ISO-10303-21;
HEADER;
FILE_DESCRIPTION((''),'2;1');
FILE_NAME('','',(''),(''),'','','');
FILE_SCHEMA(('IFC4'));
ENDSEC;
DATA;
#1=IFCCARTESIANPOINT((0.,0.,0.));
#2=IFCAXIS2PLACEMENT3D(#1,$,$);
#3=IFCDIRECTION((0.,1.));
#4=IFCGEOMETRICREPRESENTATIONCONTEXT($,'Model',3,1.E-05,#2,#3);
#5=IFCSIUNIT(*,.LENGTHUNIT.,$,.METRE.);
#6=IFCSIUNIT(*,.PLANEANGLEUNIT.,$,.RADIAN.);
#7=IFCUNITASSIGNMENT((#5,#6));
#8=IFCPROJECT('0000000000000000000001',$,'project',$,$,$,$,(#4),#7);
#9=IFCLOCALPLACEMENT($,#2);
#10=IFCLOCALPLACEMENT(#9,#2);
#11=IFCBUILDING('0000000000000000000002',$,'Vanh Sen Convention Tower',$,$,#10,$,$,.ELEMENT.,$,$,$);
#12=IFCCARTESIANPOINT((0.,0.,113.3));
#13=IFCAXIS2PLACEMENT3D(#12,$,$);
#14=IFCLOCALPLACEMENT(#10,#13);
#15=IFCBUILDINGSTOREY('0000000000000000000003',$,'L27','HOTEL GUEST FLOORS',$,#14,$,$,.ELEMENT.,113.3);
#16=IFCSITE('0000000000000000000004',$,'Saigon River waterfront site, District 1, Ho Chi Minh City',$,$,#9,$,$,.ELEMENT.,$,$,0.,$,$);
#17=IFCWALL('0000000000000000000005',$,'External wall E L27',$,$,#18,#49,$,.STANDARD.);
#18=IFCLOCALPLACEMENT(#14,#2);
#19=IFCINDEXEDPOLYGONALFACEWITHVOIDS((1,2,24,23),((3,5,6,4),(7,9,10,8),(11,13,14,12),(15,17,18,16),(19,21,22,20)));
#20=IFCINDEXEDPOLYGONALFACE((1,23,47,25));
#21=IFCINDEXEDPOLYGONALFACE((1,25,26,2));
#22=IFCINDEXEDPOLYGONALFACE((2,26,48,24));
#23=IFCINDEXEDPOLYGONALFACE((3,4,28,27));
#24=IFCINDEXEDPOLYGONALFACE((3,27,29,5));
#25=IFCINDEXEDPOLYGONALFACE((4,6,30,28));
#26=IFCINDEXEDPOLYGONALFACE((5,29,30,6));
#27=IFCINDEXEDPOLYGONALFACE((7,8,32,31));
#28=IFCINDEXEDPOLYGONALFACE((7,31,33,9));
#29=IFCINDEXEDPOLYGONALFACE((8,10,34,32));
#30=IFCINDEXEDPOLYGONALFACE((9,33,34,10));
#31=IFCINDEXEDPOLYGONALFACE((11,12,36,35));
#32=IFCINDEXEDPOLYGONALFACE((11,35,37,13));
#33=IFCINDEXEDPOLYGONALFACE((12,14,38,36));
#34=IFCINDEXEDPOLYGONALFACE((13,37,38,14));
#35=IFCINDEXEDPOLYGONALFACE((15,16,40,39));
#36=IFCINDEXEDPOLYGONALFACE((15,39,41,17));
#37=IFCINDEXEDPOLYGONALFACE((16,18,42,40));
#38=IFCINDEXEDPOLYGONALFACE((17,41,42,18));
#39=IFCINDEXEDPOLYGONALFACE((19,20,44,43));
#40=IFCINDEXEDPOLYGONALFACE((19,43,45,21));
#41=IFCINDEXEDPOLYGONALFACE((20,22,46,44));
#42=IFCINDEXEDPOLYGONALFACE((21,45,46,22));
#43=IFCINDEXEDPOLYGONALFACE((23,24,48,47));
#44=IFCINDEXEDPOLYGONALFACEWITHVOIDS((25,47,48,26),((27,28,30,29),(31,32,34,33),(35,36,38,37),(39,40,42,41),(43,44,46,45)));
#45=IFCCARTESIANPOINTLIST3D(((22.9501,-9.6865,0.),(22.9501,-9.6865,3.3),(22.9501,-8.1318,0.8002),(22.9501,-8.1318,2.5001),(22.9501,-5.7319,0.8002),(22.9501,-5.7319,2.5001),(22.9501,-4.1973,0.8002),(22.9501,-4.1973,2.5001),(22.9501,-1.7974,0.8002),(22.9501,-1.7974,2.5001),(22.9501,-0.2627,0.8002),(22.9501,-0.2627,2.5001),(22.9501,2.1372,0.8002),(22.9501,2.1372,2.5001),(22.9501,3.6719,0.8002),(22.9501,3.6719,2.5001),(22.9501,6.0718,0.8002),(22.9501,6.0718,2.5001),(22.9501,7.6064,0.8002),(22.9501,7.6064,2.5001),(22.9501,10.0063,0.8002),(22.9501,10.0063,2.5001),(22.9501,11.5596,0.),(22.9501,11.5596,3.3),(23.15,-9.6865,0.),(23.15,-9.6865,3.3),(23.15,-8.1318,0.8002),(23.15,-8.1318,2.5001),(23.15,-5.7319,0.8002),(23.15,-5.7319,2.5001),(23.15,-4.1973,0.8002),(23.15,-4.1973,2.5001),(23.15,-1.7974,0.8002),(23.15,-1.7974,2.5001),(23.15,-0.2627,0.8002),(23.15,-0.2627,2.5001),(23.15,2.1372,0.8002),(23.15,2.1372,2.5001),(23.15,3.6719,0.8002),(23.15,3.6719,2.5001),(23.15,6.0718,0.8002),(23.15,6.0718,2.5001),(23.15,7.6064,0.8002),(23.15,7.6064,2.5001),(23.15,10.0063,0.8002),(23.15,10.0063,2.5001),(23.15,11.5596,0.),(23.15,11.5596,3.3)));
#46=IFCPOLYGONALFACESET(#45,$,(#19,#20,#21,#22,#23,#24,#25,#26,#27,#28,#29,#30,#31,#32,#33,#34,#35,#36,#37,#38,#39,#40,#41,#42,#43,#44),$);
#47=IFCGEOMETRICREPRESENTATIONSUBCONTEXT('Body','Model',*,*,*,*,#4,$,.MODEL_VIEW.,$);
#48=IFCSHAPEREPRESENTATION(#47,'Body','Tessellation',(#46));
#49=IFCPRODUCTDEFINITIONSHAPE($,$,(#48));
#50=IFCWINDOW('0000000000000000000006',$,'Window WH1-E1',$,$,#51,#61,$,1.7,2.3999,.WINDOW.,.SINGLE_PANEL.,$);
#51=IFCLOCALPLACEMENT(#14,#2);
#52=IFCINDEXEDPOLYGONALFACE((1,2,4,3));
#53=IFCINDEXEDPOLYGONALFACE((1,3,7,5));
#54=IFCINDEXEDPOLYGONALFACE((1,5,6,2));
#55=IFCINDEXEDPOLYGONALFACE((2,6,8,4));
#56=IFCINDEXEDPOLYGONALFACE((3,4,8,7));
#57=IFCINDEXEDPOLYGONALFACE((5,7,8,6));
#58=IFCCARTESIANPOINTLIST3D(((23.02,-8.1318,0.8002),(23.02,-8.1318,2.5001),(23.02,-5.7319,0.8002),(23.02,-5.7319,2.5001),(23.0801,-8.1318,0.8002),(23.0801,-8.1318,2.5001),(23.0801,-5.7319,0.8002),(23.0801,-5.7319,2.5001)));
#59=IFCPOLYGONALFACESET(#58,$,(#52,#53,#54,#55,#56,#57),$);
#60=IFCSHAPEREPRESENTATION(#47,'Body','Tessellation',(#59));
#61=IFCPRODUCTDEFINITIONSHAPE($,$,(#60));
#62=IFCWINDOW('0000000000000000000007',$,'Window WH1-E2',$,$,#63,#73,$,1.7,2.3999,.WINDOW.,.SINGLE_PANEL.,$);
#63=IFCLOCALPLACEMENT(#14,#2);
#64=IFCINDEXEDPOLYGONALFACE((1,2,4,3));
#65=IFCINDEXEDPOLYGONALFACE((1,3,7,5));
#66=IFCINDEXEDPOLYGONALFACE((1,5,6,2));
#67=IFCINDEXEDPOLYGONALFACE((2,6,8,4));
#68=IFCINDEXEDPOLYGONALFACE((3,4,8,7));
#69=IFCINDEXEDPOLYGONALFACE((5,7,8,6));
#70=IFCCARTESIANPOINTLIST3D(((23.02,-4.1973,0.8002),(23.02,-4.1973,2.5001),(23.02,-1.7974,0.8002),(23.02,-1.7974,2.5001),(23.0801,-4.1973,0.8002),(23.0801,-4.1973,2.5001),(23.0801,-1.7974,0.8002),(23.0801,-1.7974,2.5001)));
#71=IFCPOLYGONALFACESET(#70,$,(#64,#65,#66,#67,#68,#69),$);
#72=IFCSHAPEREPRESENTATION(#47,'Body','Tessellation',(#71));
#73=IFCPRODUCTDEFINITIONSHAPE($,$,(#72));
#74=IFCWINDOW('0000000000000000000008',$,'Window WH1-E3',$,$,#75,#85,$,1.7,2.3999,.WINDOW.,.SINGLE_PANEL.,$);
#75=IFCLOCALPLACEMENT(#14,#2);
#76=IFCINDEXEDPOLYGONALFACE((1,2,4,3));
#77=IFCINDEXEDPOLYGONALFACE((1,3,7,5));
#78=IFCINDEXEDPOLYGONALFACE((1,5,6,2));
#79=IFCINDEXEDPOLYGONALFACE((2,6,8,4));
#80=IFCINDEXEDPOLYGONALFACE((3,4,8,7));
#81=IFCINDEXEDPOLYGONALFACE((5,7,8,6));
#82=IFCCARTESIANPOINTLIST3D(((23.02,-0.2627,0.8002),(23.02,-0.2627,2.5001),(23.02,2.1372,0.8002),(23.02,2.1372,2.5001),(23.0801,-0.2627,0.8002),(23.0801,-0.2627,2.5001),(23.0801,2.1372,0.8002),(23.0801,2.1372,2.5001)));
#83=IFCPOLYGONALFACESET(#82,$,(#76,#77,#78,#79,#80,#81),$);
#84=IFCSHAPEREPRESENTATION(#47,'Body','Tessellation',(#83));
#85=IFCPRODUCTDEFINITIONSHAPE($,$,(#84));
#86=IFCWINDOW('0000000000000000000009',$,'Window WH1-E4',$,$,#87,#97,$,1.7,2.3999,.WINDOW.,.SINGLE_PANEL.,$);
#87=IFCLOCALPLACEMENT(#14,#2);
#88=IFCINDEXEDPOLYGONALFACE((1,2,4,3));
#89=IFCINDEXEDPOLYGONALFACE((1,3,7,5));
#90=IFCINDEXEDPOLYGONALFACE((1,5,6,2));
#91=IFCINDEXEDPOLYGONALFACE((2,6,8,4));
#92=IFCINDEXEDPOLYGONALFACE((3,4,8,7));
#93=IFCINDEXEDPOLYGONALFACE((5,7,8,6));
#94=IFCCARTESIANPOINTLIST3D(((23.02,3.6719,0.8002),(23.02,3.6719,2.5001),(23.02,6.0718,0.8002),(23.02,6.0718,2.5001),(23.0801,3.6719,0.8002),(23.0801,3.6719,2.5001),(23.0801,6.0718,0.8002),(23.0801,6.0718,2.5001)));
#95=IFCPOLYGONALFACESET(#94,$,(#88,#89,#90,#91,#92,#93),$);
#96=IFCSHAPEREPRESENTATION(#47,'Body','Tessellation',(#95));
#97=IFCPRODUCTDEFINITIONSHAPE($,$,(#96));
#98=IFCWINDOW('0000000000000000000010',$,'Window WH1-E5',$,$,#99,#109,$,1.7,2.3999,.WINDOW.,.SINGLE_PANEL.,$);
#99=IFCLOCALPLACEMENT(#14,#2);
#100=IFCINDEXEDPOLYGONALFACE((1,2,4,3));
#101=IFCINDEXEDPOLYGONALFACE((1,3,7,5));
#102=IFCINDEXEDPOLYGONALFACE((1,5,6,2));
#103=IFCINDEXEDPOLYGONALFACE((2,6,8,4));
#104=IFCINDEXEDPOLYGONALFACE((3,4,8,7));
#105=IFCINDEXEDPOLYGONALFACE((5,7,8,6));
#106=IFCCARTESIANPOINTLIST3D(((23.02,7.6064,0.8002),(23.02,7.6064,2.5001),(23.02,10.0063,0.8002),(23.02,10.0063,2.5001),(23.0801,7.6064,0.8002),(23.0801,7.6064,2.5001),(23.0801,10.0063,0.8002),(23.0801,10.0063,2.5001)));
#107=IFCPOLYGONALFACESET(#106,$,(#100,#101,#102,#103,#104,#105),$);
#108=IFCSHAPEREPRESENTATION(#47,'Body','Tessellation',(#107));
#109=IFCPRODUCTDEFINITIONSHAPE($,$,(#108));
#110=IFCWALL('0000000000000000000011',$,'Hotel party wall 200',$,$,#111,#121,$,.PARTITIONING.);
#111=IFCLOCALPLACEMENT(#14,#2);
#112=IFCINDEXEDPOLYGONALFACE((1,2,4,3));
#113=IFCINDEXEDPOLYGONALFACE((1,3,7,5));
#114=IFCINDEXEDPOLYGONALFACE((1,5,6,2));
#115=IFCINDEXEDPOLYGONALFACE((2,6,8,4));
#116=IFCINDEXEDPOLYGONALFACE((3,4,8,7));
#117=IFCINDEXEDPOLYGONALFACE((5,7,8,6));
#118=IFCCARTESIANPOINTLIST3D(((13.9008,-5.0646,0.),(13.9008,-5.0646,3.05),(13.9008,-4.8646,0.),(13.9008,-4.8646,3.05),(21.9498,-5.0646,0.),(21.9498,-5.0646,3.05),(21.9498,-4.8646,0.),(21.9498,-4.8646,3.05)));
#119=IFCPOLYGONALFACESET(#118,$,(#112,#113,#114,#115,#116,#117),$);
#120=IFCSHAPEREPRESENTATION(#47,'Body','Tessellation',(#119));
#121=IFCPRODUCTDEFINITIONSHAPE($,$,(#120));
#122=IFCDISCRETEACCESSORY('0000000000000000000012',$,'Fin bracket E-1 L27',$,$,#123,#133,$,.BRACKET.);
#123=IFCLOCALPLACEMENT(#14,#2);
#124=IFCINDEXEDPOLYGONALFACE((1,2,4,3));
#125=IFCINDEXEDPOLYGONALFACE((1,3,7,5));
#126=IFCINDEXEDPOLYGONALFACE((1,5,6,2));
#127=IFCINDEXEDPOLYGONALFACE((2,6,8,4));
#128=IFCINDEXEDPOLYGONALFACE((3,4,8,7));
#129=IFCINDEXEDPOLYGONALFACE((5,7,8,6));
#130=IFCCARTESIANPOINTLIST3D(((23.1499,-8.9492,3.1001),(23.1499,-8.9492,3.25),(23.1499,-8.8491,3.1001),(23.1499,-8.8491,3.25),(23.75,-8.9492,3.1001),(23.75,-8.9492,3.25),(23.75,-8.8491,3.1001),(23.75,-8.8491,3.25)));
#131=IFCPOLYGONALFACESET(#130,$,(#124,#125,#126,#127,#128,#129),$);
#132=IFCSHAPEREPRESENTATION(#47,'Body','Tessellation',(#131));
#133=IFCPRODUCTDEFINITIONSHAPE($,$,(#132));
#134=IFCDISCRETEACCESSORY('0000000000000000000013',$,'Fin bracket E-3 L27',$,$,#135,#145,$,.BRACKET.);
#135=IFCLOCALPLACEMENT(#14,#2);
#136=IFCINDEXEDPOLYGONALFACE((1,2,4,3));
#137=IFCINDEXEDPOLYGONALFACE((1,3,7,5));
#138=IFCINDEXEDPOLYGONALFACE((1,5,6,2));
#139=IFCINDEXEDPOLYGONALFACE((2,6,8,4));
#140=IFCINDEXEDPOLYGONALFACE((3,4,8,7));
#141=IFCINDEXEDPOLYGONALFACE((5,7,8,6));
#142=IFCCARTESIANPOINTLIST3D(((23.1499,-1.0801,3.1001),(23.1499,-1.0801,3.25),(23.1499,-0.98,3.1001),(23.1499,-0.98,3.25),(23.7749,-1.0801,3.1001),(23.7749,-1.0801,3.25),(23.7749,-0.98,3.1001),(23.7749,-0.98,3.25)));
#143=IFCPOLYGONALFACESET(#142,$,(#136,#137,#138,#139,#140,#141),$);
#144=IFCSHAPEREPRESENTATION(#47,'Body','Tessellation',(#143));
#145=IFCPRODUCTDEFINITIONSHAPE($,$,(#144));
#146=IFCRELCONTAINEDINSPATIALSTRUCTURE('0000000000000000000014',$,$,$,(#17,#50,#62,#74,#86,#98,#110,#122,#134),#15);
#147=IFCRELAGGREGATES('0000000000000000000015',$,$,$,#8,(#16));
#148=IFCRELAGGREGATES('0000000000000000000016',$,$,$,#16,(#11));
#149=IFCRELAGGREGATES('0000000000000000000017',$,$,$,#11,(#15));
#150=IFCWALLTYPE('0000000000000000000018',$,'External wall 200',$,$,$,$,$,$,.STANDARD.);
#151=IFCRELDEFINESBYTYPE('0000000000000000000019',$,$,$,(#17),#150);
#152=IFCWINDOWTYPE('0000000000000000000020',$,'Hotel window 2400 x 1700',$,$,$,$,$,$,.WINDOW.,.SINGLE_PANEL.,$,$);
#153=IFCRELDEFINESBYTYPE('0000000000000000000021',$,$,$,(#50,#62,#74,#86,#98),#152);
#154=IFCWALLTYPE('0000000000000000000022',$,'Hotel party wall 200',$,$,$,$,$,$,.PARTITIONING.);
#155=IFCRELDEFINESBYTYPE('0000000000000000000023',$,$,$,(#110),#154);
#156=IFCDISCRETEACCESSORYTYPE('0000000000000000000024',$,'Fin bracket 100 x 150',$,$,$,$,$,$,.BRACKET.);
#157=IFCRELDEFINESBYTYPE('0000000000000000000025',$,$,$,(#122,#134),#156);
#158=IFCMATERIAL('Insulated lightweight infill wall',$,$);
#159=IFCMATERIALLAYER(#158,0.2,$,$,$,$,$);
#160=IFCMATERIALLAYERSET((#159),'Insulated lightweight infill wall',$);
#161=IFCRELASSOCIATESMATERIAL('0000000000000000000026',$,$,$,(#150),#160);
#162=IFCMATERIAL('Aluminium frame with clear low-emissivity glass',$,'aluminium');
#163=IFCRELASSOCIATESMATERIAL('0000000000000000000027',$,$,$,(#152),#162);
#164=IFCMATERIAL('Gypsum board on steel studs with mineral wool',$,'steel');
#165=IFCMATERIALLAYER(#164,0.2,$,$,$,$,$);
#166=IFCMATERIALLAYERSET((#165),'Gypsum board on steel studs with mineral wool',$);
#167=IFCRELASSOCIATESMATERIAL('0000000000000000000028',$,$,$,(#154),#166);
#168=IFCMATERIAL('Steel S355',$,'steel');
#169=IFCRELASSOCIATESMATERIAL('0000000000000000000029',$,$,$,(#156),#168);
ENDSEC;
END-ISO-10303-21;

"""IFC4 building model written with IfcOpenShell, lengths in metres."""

from ifc_helpers import new_model, si_unit, direction, frame, frame_2d, origin, origin_2d, place, context, subcontext, project, spatial, rectangle, extrude, material, layer, layer_set, type_object, element, fill, save


model = new_model("IFC4")

# Units and contexts
model_context = context("Model", 3, precision=1e-05, world=origin(), true_north=direction((0.0, 1.0)))
body_context = subcontext(model_context, "Body", "Model", "MODEL_VIEW")
ifc_project = project(units=[si_unit("LENGTHUNIT", "METRE"), si_unit("PLANEANGLEUNIT", "RADIAN")], contexts=[model_context])

# Site, building, storey
site_placement = place(None, origin())
site = spatial("IfcSite", under=ifc_project, at=site_placement, Name="Saigon River waterfront site, District 1, Ho Chi Minh City", CompositionType="ELEMENT", RefElevation=0.0)
building_placement = place(site_placement, origin())
building = spatial("IfcBuilding", under=site, at=building_placement, Name="Vanh Sen Convention Tower", CompositionType="ELEMENT")
storey_placement = place(building_placement, frame((0.0, 0.0, 113.3)))
storey = spatial("IfcBuildingStorey", under=building, at=storey_placement, Name="L27", Description="HOTEL GUEST FLOORS", CompositionType="ELEMENT", Elevation=113.3)

# Wall, openings, windows
ifc_material_1 = material(Name="Insulated lightweight infill wall")
ifc_layer_1 = layer(ifc_material_1, 0.2)
ifc_layer_set_1 = layer_set([ifc_layer_1], Name="Insulated lightweight infill wall")
wall_type_1 = type_object("IfcWallType", Name="External wall 200", PredefinedType="STANDARD", material=ifc_layer_set_1)
wall_1_placement = place(storey_placement, frame((23.05, -9.6865, 0.0), z_axis=(0.0, 0.0, 1.0), x_axis=(0.0, 1.0, 0.0)))
wall_1 = element("IfcWall", 1, at=wall_1_placement, inside=storey, type_object=wall_type_1, Name="External wall E L27", PredefinedType="STANDARD", context=body_context, shape_type="SweptSolid", body=[
    extrude(rectangle(XDim=21.2461, YDim=0.2, at=frame_2d((10.623, 0.0))), origin(), (0.0, 0.0, 1.0), 3.3),
])
opening_1_placement = place(wall_1_placement, frame((1.5547, 0.0, 0.8)))
opening_1 = element("IfcOpeningElement", 2, at=opening_1_placement, cuts=wall_1, PredefinedType="OPENING", context=body_context, shape_type="SweptSolid", body=[
    extrude(rectangle(XDim=2.3999, YDim=1.7, at=frame_2d((1.2, 0.8501))), frame((0.0, 0.1099, 0.0), z_axis=(0.0, -1.0, 0.0), x_axis=(1.0, 0.0, 0.0)), (0.0, 0.0, 1.0), 0.22),
])
opening_2_placement = place(wall_1_placement, frame((5.4893, 0.0, 0.8)))
opening_2 = element("IfcOpeningElement", 3, at=opening_2_placement, cuts=wall_1, PredefinedType="OPENING", context=body_context, shape_type="SweptSolid", body=[
    extrude(rectangle(XDim=2.3999, YDim=1.7, at=frame_2d((1.2, 0.8501))), frame((0.0, 0.1099, 0.0), z_axis=(0.0, -1.0, 0.0), x_axis=(1.0, 0.0, 0.0)), (0.0, 0.0, 1.0), 0.22),
])
opening_3_placement = place(wall_1_placement, frame((9.4238, 0.0, 0.8)))
opening_3 = element("IfcOpeningElement", 4, at=opening_3_placement, cuts=wall_1, PredefinedType="OPENING", context=body_context, shape_type="SweptSolid", body=[
    extrude(rectangle(XDim=2.3999, YDim=1.7, at=frame_2d((1.2, 0.8501))), frame((0.0, 0.1099, 0.0), z_axis=(0.0, -1.0, 0.0), x_axis=(1.0, 0.0, 0.0)), (0.0, 0.0, 1.0), 0.22),
])
opening_4_placement = place(wall_1_placement, frame((13.3584, 0.0, 0.8)))
opening_4 = element("IfcOpeningElement", 5, at=opening_4_placement, cuts=wall_1, PredefinedType="OPENING", context=body_context, shape_type="SweptSolid", body=[
    extrude(rectangle(XDim=2.3999, YDim=1.7, at=frame_2d((1.2, 0.8501))), frame((0.0, 0.1099, 0.0), z_axis=(0.0, -1.0, 0.0), x_axis=(1.0, 0.0, 0.0)), (0.0, 0.0, 1.0), 0.22),
])
opening_5_placement = place(wall_1_placement, frame((17.293, 0.0, 0.8)))
opening_5 = element("IfcOpeningElement", 6, at=opening_5_placement, cuts=wall_1, PredefinedType="OPENING", context=body_context, shape_type="SweptSolid", body=[
    extrude(rectangle(XDim=2.3999, YDim=1.7, at=frame_2d((1.2, 0.8501))), frame((0.0, 0.1099, 0.0), z_axis=(0.0, -1.0, 0.0), x_axis=(1.0, 0.0, 0.0)), (0.0, 0.0, 1.0), 0.22),
])
ifc_material_2 = material(Name="Aluminium frame with clear low-emissivity glass", Category="aluminium")
window_type = type_object("IfcWindowType", Name="Hotel window 2400 x 1700", PartitioningType="SINGLE_PANEL", PredefinedType="WINDOW", material=ifc_material_2)
window_1_placement = place(opening_1_placement, origin())
window_1 = element("IfcWindow", 7, at=window_1_placement, inside=storey, type_object=window_type, Name="Window WH1-E1", OverallHeight=1.7, OverallWidth=2.3999, PartitioningType="SINGLE_PANEL", PredefinedType="WINDOW", context=body_context, shape_type="SweptSolid", body=[
    extrude(rectangle(XDim=2.3999, YDim=1.7, at=frame_2d((1.2, 0.8501))), frame((0.0, 0.03, 0.0), z_axis=(0.0, -1.0, 0.0), x_axis=(1.0, 0.0, 0.0)), (0.0, 0.0, 1.0), 0.0601),
])
fill(opening_1, window_1)
window_2_placement = place(opening_2_placement, origin())
window_2 = element("IfcWindow", 8, at=window_2_placement, inside=storey, type_object=window_type, Name="Window WH1-E2", OverallHeight=1.7, OverallWidth=2.3999, PartitioningType="SINGLE_PANEL", PredefinedType="WINDOW", context=body_context, shape_type="SweptSolid", body=[
    extrude(rectangle(XDim=2.3999, YDim=1.7, at=frame_2d((1.2, 0.8501))), frame((0.0, 0.03, 0.0), z_axis=(0.0, -1.0, 0.0), x_axis=(1.0, 0.0, 0.0)), (0.0, 0.0, 1.0), 0.0601),
])
fill(opening_2, window_2)
window_3_placement = place(opening_3_placement, origin())
window_3 = element("IfcWindow", 9, at=window_3_placement, inside=storey, type_object=window_type, Name="Window WH1-E3", OverallHeight=1.7, OverallWidth=2.3999, PartitioningType="SINGLE_PANEL", PredefinedType="WINDOW", context=body_context, shape_type="SweptSolid", body=[
    extrude(rectangle(XDim=2.3999, YDim=1.7, at=frame_2d((1.2, 0.8501))), frame((0.0, 0.03, 0.0), z_axis=(0.0, -1.0, 0.0), x_axis=(1.0, 0.0, 0.0)), (0.0, 0.0, 1.0), 0.0601),
])
fill(opening_3, window_3)
window_4_placement = place(opening_4_placement, origin())
window_4 = element("IfcWindow", 10, at=window_4_placement, inside=storey, type_object=window_type, Name="Window WH1-E4", OverallHeight=1.7, OverallWidth=2.3999, PartitioningType="SINGLE_PANEL", PredefinedType="WINDOW", context=body_context, shape_type="SweptSolid", body=[
    extrude(rectangle(XDim=2.3999, YDim=1.7, at=frame_2d((1.2, 0.8501))), frame((0.0, 0.03, 0.0), z_axis=(0.0, -1.0, 0.0), x_axis=(1.0, 0.0, 0.0)), (0.0, 0.0, 1.0), 0.0601),
])
fill(opening_4, window_4)
window_5_placement = place(opening_5_placement, origin())
window_5 = element("IfcWindow", 11, at=window_5_placement, inside=storey, type_object=window_type, Name="Window WH1-E5", OverallHeight=1.7, OverallWidth=2.3999, PartitioningType="SINGLE_PANEL", PredefinedType="WINDOW", context=body_context, shape_type="SweptSolid", body=[
    extrude(rectangle(XDim=2.3999, YDim=1.7, at=frame_2d((1.2, 0.8501))), frame((0.0, 0.03, 0.0), z_axis=(0.0, -1.0, 0.0), x_axis=(1.0, 0.0, 0.0)), (0.0, 0.0, 1.0), 0.0601),
])
fill(opening_5, window_5)

# Wall
ifc_material_3 = material(Name="Gypsum board on steel studs with mineral wool", Category="steel")
ifc_layer_2 = layer(ifc_material_3, 0.2)
ifc_layer_set_2 = layer_set([ifc_layer_2], Name="Gypsum board on steel studs with mineral wool")
wall_type_2 = type_object("IfcWallType", Name="Hotel party wall 200", PredefinedType="PARTITIONING", material=ifc_layer_set_2)
wall_2_placement = place(storey_placement, frame((13.9009, -4.9646, 0.0), z_axis=(0.0, 0.0, 1.0), x_axis=(1.0, 0.0, 0.0)))
element("IfcWall", 12, at=wall_2_placement, inside=storey, type_object=wall_type_2, Name="Hotel party wall 200", PredefinedType="PARTITIONING", context=body_context, shape_type="SweptSolid", body=[
    extrude(rectangle(XDim=8.0491, YDim=0.2, at=frame_2d((4.0244, 0.0))), origin(), (0.0, 0.0, 1.0), 3.05),
])

# Discrete accessories
ifc_material_4 = material(Name="Steel S355", Category="steel")
discrete_accessory_type = type_object("IfcDiscreteAccessoryType", Name="Fin bracket 100 x 150", PredefinedType="BRACKET", material=ifc_material_4)
discrete_accessory_1_placement = place(storey_placement, frame((23.45, -8.8992, 3.1001), z_axis=(0.0, 0.0, 1.0), x_axis=(1.0, 0.0, 0.0)))
element("IfcDiscreteAccessory", 13, at=discrete_accessory_1_placement, inside=storey, type_object=discrete_accessory_type, Name="Fin bracket E-1 L27", PredefinedType="BRACKET", context=body_context, shape_type="SweptSolid", body=[
    extrude(rectangle(XDim=0.6001, YDim=0.1001, at=origin_2d()), origin(), (0.0, 0.0, 1.0), 0.1499),
])
discrete_accessory_2_placement = place(storey_placement, frame((23.4624, -1.03, 3.1001), z_axis=(0.0, 0.0, 1.0), x_axis=(1.0, 0.0, 0.0)))
element("IfcDiscreteAccessory", 14, at=discrete_accessory_2_placement, inside=storey, type_object=discrete_accessory_type, Name="Fin bracket E-3 L27", PredefinedType="BRACKET", context=body_context, shape_type="SweptSolid", body=[
    extrude(rectangle(XDim=0.625, YDim=0.1001, at=origin_2d()), origin(), (0.0, 0.0, 1.0), 0.1499),
])

save(model, "model.ifc")
